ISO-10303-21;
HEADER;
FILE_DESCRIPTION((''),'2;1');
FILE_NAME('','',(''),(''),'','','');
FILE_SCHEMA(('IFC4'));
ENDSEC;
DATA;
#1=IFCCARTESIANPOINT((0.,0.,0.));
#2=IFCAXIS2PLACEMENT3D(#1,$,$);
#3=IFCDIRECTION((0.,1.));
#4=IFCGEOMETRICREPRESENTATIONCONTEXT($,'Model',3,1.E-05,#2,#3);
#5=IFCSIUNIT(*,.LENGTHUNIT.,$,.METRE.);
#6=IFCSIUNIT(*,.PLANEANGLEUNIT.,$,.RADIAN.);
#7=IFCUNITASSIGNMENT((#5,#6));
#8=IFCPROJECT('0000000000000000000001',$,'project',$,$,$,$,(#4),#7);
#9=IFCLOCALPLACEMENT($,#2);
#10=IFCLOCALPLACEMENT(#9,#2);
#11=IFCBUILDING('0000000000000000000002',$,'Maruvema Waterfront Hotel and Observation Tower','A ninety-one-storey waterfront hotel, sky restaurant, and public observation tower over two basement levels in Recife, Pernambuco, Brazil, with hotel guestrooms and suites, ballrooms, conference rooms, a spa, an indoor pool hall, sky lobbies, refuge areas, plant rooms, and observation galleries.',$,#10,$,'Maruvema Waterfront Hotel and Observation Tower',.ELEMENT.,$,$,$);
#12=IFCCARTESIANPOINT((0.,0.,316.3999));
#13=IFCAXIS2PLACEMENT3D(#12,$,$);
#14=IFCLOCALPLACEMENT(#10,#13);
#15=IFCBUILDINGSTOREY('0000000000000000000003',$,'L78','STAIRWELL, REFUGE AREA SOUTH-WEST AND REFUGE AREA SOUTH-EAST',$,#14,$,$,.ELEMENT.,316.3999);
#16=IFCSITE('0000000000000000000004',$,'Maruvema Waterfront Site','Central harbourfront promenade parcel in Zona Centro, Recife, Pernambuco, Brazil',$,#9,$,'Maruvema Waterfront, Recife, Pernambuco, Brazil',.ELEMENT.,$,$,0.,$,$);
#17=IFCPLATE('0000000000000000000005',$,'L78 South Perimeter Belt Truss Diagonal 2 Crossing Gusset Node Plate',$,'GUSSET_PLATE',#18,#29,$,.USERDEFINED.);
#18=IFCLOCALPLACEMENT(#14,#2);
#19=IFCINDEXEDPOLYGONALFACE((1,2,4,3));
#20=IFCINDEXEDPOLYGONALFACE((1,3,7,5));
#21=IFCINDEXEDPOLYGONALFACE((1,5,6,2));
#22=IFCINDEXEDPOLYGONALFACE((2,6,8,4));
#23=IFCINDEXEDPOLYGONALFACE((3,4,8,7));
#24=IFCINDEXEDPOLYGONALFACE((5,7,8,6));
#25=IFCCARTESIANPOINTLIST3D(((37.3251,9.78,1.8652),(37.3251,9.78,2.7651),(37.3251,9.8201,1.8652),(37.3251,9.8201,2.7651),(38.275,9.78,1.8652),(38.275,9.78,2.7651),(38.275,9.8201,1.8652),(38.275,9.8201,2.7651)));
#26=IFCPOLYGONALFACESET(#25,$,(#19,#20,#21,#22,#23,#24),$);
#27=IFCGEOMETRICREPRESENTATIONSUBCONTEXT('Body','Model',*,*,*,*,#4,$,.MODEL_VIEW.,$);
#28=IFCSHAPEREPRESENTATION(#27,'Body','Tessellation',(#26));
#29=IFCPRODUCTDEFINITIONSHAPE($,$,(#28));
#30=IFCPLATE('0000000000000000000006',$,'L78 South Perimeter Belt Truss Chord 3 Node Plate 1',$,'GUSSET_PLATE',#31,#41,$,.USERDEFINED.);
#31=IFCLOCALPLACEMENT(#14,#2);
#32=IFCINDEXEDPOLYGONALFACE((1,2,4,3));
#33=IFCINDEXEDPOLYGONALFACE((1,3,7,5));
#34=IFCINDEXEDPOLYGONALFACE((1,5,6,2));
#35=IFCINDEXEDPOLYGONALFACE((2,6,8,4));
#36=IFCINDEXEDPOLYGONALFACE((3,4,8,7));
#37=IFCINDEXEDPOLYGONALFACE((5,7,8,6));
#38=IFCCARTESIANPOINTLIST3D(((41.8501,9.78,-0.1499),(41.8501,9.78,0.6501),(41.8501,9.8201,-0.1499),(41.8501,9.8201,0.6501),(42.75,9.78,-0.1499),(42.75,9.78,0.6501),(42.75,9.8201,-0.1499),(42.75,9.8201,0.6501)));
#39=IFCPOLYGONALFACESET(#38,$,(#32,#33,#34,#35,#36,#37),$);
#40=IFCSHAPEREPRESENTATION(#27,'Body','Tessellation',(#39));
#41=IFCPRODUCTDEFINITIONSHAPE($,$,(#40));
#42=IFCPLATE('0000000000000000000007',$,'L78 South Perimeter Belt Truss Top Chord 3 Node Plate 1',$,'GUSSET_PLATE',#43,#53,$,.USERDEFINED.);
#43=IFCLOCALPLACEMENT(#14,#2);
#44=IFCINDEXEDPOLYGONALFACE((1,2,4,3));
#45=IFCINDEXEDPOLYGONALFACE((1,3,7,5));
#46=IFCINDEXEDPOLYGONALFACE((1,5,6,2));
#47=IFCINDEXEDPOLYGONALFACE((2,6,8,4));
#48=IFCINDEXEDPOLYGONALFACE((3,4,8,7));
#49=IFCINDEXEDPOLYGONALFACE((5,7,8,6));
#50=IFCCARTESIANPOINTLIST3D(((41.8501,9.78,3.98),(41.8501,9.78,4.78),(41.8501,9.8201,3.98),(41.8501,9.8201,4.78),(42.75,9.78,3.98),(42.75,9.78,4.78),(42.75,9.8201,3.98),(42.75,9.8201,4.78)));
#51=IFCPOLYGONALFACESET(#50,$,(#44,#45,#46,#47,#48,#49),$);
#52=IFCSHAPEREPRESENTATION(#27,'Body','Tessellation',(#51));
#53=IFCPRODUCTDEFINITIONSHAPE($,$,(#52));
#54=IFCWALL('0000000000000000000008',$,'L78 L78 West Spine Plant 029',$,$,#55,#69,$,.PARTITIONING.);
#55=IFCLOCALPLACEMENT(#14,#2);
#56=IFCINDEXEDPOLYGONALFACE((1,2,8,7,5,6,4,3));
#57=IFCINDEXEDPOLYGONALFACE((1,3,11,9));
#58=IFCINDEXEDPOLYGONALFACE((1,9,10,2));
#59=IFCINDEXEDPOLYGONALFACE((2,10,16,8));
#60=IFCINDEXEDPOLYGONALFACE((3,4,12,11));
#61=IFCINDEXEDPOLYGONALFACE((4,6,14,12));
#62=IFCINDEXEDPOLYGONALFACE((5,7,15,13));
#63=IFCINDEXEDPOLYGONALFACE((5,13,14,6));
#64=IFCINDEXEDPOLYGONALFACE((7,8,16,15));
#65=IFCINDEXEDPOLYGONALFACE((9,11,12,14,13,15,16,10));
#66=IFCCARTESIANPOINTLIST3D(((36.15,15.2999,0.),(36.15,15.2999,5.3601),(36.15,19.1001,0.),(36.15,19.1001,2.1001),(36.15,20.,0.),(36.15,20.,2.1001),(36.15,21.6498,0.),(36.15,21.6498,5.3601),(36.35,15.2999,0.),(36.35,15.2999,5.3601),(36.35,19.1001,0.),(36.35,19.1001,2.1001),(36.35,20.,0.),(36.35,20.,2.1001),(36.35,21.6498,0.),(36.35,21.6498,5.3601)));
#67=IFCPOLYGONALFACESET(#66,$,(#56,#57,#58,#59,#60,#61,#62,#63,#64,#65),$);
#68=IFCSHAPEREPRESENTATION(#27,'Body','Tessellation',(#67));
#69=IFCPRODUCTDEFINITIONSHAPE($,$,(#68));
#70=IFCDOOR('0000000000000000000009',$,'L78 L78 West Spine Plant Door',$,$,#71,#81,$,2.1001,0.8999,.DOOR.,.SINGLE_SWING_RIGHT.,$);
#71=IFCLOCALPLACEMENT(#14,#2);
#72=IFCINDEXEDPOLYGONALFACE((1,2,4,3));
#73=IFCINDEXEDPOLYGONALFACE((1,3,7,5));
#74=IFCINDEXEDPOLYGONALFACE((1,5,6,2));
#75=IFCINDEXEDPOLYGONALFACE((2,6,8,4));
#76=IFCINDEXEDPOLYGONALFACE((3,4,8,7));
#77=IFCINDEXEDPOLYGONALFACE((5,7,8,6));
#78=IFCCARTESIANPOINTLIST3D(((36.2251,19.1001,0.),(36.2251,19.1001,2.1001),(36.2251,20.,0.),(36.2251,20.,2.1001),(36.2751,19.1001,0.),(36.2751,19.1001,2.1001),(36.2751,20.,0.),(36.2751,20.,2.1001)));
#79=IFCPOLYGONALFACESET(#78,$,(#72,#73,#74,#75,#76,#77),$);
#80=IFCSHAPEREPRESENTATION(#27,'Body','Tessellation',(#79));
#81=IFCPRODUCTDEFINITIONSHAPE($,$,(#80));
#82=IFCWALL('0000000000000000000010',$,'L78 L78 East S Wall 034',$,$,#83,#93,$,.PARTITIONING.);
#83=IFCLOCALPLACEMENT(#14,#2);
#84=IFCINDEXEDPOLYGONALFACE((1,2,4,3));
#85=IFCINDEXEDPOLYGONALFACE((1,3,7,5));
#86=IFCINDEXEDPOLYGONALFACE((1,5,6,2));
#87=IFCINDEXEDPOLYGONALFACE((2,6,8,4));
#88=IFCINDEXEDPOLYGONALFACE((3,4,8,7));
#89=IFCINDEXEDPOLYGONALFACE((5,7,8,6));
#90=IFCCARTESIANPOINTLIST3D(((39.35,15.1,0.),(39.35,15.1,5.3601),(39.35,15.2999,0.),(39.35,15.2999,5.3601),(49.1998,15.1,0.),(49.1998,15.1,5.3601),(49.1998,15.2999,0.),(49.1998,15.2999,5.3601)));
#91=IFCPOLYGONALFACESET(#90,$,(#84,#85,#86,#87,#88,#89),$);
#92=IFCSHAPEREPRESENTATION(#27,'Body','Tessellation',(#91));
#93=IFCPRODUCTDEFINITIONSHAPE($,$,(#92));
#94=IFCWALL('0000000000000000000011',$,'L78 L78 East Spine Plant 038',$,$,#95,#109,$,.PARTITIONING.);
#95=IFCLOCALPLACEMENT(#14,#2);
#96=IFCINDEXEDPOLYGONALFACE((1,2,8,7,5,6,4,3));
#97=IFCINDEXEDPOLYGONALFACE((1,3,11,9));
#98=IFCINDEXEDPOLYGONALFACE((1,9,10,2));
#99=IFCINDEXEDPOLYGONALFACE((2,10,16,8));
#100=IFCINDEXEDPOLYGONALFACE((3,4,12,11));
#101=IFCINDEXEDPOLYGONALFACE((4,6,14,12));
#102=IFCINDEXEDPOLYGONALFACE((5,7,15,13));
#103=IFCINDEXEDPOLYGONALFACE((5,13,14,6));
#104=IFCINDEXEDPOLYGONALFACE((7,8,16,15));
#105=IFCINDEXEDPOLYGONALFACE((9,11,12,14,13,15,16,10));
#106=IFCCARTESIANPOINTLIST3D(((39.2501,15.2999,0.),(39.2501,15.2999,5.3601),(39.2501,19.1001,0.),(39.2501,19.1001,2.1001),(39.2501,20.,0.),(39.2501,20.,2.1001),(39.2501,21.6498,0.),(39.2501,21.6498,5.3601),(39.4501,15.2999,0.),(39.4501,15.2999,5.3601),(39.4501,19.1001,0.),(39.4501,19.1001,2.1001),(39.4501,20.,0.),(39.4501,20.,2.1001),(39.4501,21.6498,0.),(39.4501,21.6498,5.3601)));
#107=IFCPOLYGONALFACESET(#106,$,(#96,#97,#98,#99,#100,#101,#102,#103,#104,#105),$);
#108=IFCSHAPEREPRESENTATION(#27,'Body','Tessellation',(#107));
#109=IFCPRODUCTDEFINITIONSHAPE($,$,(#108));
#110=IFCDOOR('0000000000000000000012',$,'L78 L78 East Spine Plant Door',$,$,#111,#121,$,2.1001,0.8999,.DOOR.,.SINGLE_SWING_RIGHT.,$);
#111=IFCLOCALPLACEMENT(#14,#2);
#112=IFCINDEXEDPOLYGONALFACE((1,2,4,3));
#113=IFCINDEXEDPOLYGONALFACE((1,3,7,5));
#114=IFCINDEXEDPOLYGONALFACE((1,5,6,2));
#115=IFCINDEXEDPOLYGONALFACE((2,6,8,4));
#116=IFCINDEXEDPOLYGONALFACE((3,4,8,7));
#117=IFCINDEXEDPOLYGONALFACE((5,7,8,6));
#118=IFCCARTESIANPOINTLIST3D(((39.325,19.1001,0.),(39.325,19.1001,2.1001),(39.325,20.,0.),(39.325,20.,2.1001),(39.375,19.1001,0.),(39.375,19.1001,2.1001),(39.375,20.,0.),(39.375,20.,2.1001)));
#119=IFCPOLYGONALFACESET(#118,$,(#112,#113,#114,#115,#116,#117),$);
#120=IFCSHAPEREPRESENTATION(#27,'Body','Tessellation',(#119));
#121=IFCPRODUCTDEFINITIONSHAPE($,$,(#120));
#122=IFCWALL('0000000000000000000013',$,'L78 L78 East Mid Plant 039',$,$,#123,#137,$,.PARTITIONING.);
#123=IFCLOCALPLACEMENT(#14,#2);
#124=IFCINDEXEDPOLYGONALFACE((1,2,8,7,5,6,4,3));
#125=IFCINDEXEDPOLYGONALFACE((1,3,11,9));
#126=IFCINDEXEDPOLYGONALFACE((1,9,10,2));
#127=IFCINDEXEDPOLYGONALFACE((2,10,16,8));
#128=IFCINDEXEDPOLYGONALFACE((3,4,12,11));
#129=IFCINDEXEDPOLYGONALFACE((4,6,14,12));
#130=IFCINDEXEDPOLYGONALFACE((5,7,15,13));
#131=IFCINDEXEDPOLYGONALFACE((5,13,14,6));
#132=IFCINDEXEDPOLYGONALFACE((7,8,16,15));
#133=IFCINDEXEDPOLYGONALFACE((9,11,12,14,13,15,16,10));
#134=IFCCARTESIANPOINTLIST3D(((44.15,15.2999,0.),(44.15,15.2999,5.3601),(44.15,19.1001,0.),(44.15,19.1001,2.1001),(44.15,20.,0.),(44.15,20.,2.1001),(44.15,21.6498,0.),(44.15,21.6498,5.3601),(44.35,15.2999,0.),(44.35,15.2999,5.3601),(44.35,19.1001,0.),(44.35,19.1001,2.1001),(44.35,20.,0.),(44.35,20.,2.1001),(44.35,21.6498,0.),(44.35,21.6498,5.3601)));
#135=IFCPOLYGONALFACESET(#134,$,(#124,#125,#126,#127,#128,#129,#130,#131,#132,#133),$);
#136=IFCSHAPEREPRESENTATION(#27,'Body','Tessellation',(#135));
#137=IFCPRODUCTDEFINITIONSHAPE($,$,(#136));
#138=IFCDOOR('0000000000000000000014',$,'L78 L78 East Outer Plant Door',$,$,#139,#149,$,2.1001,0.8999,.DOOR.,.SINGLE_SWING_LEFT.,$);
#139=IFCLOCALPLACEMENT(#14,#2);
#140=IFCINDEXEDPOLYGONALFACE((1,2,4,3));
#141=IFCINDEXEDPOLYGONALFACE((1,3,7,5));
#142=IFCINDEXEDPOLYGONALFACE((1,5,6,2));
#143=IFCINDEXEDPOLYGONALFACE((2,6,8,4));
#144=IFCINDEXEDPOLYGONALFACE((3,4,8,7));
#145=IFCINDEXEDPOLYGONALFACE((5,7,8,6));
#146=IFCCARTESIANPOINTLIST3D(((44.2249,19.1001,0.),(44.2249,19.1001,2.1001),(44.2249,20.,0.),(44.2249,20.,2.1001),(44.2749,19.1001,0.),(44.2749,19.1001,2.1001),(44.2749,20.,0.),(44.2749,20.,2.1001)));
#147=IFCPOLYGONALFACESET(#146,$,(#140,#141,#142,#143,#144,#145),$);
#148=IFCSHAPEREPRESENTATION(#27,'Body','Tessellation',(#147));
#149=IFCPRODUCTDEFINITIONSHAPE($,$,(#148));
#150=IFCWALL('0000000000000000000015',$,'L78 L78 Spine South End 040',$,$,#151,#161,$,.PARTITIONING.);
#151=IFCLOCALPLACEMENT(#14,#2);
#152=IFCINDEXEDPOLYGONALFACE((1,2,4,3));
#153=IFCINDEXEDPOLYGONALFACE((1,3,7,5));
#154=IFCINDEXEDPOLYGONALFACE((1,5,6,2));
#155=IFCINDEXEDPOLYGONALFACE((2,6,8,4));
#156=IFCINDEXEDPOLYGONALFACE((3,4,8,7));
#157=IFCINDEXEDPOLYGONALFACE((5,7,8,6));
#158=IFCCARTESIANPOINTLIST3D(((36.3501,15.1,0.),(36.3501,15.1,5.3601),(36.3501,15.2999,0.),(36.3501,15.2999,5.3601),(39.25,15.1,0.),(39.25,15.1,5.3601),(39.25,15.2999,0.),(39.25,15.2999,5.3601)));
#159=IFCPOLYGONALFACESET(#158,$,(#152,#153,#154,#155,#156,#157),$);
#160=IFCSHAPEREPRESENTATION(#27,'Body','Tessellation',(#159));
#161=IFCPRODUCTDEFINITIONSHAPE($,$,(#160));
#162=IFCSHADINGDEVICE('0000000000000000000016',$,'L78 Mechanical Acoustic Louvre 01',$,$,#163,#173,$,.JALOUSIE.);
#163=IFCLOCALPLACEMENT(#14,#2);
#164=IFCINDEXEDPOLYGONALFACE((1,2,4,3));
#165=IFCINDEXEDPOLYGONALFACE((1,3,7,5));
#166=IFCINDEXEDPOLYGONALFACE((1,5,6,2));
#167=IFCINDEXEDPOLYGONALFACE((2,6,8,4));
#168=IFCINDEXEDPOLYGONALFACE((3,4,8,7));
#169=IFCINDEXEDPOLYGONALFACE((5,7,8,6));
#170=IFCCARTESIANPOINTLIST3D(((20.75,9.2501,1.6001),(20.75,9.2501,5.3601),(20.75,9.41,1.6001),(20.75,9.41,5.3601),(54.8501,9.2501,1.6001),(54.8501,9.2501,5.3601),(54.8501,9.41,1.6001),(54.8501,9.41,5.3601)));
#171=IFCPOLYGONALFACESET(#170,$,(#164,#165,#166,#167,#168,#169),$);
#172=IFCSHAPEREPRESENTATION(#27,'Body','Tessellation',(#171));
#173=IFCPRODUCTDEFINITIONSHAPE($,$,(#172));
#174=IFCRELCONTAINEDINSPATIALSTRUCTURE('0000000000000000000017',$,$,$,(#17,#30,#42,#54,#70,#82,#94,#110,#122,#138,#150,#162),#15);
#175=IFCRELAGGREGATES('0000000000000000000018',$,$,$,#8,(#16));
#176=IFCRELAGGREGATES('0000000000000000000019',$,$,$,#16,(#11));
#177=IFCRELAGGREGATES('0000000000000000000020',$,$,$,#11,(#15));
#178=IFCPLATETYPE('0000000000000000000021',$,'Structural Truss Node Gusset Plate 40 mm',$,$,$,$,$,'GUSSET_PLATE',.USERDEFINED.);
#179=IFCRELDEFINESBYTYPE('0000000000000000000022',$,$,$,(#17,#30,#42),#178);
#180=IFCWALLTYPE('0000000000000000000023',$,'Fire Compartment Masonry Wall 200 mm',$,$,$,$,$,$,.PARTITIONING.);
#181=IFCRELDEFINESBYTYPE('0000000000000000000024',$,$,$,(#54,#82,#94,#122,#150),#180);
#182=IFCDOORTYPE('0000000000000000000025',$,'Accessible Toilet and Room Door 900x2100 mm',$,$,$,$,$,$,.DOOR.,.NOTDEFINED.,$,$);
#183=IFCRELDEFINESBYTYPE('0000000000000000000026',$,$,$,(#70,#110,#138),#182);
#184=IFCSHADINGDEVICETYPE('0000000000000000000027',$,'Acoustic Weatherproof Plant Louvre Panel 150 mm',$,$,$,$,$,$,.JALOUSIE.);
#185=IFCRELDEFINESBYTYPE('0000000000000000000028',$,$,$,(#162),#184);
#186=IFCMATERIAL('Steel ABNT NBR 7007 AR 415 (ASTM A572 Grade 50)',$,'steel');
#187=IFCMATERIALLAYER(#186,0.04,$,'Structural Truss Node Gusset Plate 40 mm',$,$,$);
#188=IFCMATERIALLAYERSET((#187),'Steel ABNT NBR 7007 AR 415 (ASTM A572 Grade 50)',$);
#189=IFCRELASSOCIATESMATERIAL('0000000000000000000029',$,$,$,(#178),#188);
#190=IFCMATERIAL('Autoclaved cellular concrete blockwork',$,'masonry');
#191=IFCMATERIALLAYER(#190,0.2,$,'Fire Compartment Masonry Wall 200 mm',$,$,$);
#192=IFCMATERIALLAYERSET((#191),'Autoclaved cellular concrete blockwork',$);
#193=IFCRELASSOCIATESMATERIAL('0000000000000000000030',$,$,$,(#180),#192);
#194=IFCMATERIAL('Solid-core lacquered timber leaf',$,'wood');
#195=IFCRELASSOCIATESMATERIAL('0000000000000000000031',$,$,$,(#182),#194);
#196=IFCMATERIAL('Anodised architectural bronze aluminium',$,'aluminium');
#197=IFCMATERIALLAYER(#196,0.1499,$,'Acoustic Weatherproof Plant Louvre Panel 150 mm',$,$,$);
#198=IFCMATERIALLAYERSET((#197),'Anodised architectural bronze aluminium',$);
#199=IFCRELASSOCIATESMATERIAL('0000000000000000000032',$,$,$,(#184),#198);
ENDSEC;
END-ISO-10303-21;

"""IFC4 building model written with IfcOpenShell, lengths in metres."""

from ifc_helpers import new_model, si_unit, direction, frame, frame_2d, origin, origin_2d, place, context, subcontext, project, spatial, rectangle, extrude, material, layer, layer_set, type_object, element, fill, save


model = new_model("IFC4")

# Units and contexts
model_context = context("Model", 3, precision=1e-05, world=origin(), true_north=direction((0.0, 1.0)))
body_context = subcontext(model_context, "Body", "Model", "MODEL_VIEW")
ifc_project = project(units=[si_unit("LENGTHUNIT", "METRE"), si_unit("PLANEANGLEUNIT", "RADIAN")], contexts=[model_context])

# Site, building, storey
site_placement = place(None, origin())
site = spatial("IfcSite", under=ifc_project, at=site_placement, Name="Maruvema Waterfront Site", Description="Central harbourfront promenade parcel in Zona Centro, Recife, Pernambuco, Brazil", LongName="Maruvema Waterfront, Recife, Pernambuco, Brazil", CompositionType="ELEMENT", RefElevation=0.0)
building_placement = place(site_placement, origin())
building = spatial("IfcBuilding", under=site, at=building_placement, Name="Maruvema Waterfront Hotel and Observation Tower", Description="A ninety-one-storey waterfront hotel, sky restaurant, and public observation tower over two basement levels in Recife, Pernambuco, Brazil, with hotel guestrooms and suites, ballrooms, conference rooms, a spa, an indoor pool hall, sky lobbies, refuge areas, plant rooms, and observation galleries.", LongName="Maruvema Waterfront Hotel and Observation Tower", CompositionType="ELEMENT")
storey_placement = place(building_placement, frame((0.0, 0.0, 316.3999)))
storey = spatial("IfcBuildingStorey", under=building, at=storey_placement, Name="L78", Description="STAIRWELL, REFUGE AREA SOUTH-WEST AND REFUGE AREA SOUTH-EAST", CompositionType="ELEMENT", Elevation=316.3999)

# Plates
ifc_material_1 = material(Name="Steel ABNT NBR 7007 AR 415 (ASTM A572 Grade 50)", Category="steel")
ifc_layer_1 = layer(ifc_material_1, 0.04, Name="Structural Truss Node Gusset Plate 40 mm")
ifc_layer_set_1 = layer_set([ifc_layer_1], Name="Steel ABNT NBR 7007 AR 415 (ASTM A572 Grade 50)")
plate_type_1 = type_object("IfcPlateType", Name="Structural Truss Node Gusset Plate 40 mm", ElementType="GUSSET_PLATE", PredefinedType="USERDEFINED", material=ifc_layer_set_1)
plate_placement = place(storey_placement, frame((37.8, 9.8, 1.8652), z_axis=(0.0, 0.0, 1.0), x_axis=(-1.0, 0.0, 0.0)))
element("IfcPlate", 1, at=plate_placement, inside=storey, type_object=plate_type_1, Name="L78 South Perimeter Belt Truss Diagonal 2 Crossing Gusset Node Plate", ObjectType="GUSSET_PLATE", PredefinedType="USERDEFINED", context=body_context, shape_type="SweptSolid", body=[
    extrude(rectangle(XDim=0.95, YDim=0.04, at=origin_2d()), origin(), (0.0, 0.0, 1.0), 0.8999),
])
for number, where, z_axis, x_axis, name in (
    (2, (42.3, 9.8, -0.1499), (0.0, 0.0, 1.0), (1.0, 0.0, 0.0), "L78 South Perimeter Belt Truss Chord 3 Node Plate 1"),
    (3, (42.3, 9.8, 3.98), (0.0, 0.0, 1.0), (1.0, 0.0, 0.0), "L78 South Perimeter Belt Truss Top Chord 3 Node Plate 1"),
):
    element("IfcPlate", number, at=place(storey_placement, frame(where, z_axis=z_axis, x_axis=x_axis)), inside=storey, type_object=plate_type_1, Name=name, ObjectType="GUSSET_PLATE", PredefinedType="USERDEFINED", context=body_context, shape_type="SweptSolid", body=[
        extrude(rectangle(XDim=0.8999, YDim=0.04, at=origin_2d()), origin(), (0.0, 0.0, 1.0), 0.8),
    ])

# Wall, opening, door
ifc_material_2 = material(Name="Autoclaved cellular concrete blockwork", Category="masonry")
ifc_layer_2 = layer(ifc_material_2, 0.2, Name="Fire Compartment Masonry Wall 200 mm")
ifc_layer_set_2 = layer_set([ifc_layer_2], Name="Autoclaved cellular concrete blockwork")
wall_type = type_object("IfcWallType", Name="Fire Compartment Masonry Wall 200 mm", PredefinedType="PARTITIONING", material=ifc_layer_set_2)
wall_1_placement = place(storey_placement, frame((36.25, 15.3, 0.0), z_axis=(0.0, 0.0, 1.0), x_axis=(0.0, 1.0, 0.0)))
wall_1 = element("IfcWall", 4, at=wall_1_placement, inside=storey, type_object=wall_type, Name="L78 L78 West Spine Plant 029", PredefinedType="PARTITIONING", context=body_context, shape_type="SweptSolid", body=[
    extrude(rectangle(XDim=6.3499, YDim=0.2, at=frame_2d((3.1748, 0.0))), origin(), (0.0, 0.0, 1.0), 5.3601),
])
opening_1_placement = place(wall_1_placement, frame((3.8, 0.0, 0.0)))
opening_1 = element("IfcOpeningElement", 5, at=opening_1_placement, cuts=wall_1, PredefinedType="OPENING", context=body_context, shape_type="SweptSolid", body=[
    extrude(rectangle(XDim=0.8999, YDim=2.1001, at=frame_2d((0.45, 1.05))), frame((0.0, 0.1099, 0.0), z_axis=(0.0, -1.0, 0.0), x_axis=(1.0, 0.0, 0.0)), (0.0, 0.0, 1.0), 0.22),
])
ifc_material_3 = material(Name="Solid-core lacquered timber leaf", Category="wood")
door_type = type_object("IfcDoorType", Name="Accessible Toilet and Room Door 900x2100 mm", OperationType="NOTDEFINED", PredefinedType="DOOR", material=ifc_material_3)
door_1_placement = place(opening_1_placement, origin())
door_1 = element("IfcDoor", 6, at=door_1_placement, inside=storey, type_object=door_type, Name="L78 L78 West Spine Plant Door", OperationType="SINGLE_SWING_RIGHT", OverallHeight=2.1001, OverallWidth=0.8999, PredefinedType="DOOR", context=body_context, shape_type="SweptSolid", body=[
    extrude(rectangle(XDim=0.8999, YDim=2.1001, at=frame_2d((0.45, 1.05))), frame((0.0, 0.0249, 0.0), z_axis=(0.0, -1.0, 0.0), x_axis=(1.0, 0.0, 0.0)), (0.0, 0.0, 1.0), 0.05),
])
fill(opening_1, door_1)

# Wall
wall_2_placement = place(storey_placement, frame((39.3501, 15.2, 0.0), z_axis=(0.0, 0.0, 1.0), x_axis=(1.0, 0.0, 0.0)))
element("IfcWall", 7, at=wall_2_placement, inside=storey, type_object=wall_type, Name="L78 L78 East S Wall 034", PredefinedType="PARTITIONING", context=body_context, shape_type="SweptSolid", body=[
    extrude(rectangle(XDim=9.8499, YDim=0.2, at=frame_2d((4.9248, 0.0))), origin(), (0.0, 0.0, 1.0), 5.3601),
])

# Walls, openings, doors
wall_3_placement = place(storey_placement, frame((39.3501, 15.3, 0.0), z_axis=(0.0, 0.0, 1.0), x_axis=(0.0, 1.0, 0.0)))
wall_3 = element("IfcWall", 8, at=wall_3_placement, inside=storey, type_object=wall_type, Name="L78 L78 East Spine Plant 038", PredefinedType="PARTITIONING", context=body_context, shape_type="SweptSolid", body=[
    extrude(rectangle(XDim=6.3499, YDim=0.2, at=frame_2d((3.1748, 0.0))), origin(), (0.0, 0.0, 1.0), 5.3601),
])
opening_2_placement = place(wall_3_placement, frame((3.8, 0.0, 0.0)))
opening_2 = element("IfcOpeningElement", 9, at=opening_2_placement, cuts=wall_3, PredefinedType="OPENING", context=body_context, shape_type="SweptSolid", body=[
    extrude(rectangle(XDim=0.8999, YDim=2.1001, at=frame_2d((0.45, 1.05))), frame((0.0, 0.1099, 0.0), z_axis=(0.0, -1.0, 0.0), x_axis=(1.0, 0.0, 0.0)), (0.0, 0.0, 1.0), 0.22),
])
door_2_placement = place(opening_2_placement, frame((0.8999, 0.0, 0.0), z_axis=(0.0, 0.0, 1.0), x_axis=(-1.0, 0.0, 0.0)))
door_2 = element("IfcDoor", 10, at=door_2_placement, inside=storey, type_object=door_type, Name="L78 L78 East Spine Plant Door", OperationType="SINGLE_SWING_RIGHT", OverallHeight=2.1001, OverallWidth=0.8999, PredefinedType="DOOR", context=body_context, shape_type="SweptSolid", body=[
    extrude(rectangle(XDim=0.8999, YDim=2.1001, at=frame_2d((0.45, 1.05))), frame((0.0, 0.0249, 0.0), z_axis=(0.0, -1.0, 0.0), x_axis=(1.0, 0.0, 0.0)), (0.0, 0.0, 1.0), 0.05),
])
fill(opening_2, door_2)
wall_4_placement = place(storey_placement, frame((44.25, 15.3, 0.0), z_axis=(0.0, 0.0, 1.0), x_axis=(0.0, 1.0, 0.0)))
wall_4 = element("IfcWall", 11, at=wall_4_placement, inside=storey, type_object=wall_type, Name="L78 L78 East Mid Plant 039", PredefinedType="PARTITIONING", context=body_context, shape_type="SweptSolid", body=[
    extrude(rectangle(XDim=6.3499, YDim=0.2, at=frame_2d((3.1748, 0.0))), origin(), (0.0, 0.0, 1.0), 5.3601),
])
opening_3_placement = place(wall_4_placement, frame((3.8, 0.0, 0.0)))
opening_3 = element("IfcOpeningElement", 12, at=opening_3_placement, cuts=wall_4, PredefinedType="OPENING", context=body_context, shape_type="SweptSolid", body=[
    extrude(rectangle(XDim=0.8999, YDim=2.1001, at=frame_2d((0.45, 1.05))), frame((0.0, 0.1099, 0.0), z_axis=(0.0, -1.0, 0.0), x_axis=(1.0, 0.0, 0.0)), (0.0, 0.0, 1.0), 0.22),
])
door_3_placement = place(opening_3_placement, frame((0.8999, 0.0, 0.0), z_axis=(0.0, 0.0, 1.0), x_axis=(-1.0, 0.0, 0.0)))
door_3 = element("IfcDoor", 13, at=door_3_placement, inside=storey, type_object=door_type, Name="L78 L78 East Outer Plant Door", OperationType="SINGLE_SWING_LEFT", OverallHeight=2.1001, OverallWidth=0.8999, PredefinedType="DOOR", context=body_context, shape_type="SweptSolid", body=[
    extrude(rectangle(XDim=0.8999, YDim=2.1001, at=frame_2d((0.45, 1.05))), frame((0.0, 0.0249, 0.0), z_axis=(0.0, -1.0, 0.0), x_axis=(1.0, 0.0, 0.0)), (0.0, 0.0, 1.0), 0.05),
])
fill(opening_3, door_3)

# Wall
wall_5_placement = place(storey_placement, frame((36.3501, 15.2, 0.0), z_axis=(0.0, 0.0, 1.0), x_axis=(1.0, 0.0, 0.0)))
element("IfcWall", 14, at=wall_5_placement, inside=storey, type_object=wall_type, Name="L78 L78 Spine South End 040", PredefinedType="PARTITIONING", context=body_context, shape_type="SweptSolid", body=[
    extrude(rectangle(XDim=2.8999, YDim=0.2, at=frame_2d((1.45, 0.0))), origin(), (0.0, 0.0, 1.0), 5.3601),
])

# Shading device
ifc_material_4 = material(Name="Anodised architectural bronze aluminium", Category="aluminium")
ifc_layer_3 = layer(ifc_material_4, 0.1499, Name="Acoustic Weatherproof Plant Louvre Panel 150 mm")
ifc_layer_set_3 = layer_set([ifc_layer_3], Name="Anodised architectural bronze aluminium")
shading_device_type = type_object("IfcShadingDeviceType", Name="Acoustic Weatherproof Plant Louvre Panel 150 mm", PredefinedType="JALOUSIE", material=ifc_layer_set_3)
shading_device_placement = place(storey_placement, frame((37.8, 9.3301, 1.6001), z_axis=(0.0, 0.0, 1.0), x_axis=(1.0, 0.0, 0.0)))
element("IfcShadingDevice", 15, at=shading_device_placement, inside=storey, type_object=shading_device_type, Name="L78 Mechanical Acoustic Louvre 01", PredefinedType="JALOUSIE", context=body_context, shape_type="SweptSolid", body=[
    extrude(rectangle(XDim=34.1001, YDim=0.1599, at=origin_2d()), origin(), (0.0, 0.0, 1.0), 3.76),
])

save(model, "model.ifc")
